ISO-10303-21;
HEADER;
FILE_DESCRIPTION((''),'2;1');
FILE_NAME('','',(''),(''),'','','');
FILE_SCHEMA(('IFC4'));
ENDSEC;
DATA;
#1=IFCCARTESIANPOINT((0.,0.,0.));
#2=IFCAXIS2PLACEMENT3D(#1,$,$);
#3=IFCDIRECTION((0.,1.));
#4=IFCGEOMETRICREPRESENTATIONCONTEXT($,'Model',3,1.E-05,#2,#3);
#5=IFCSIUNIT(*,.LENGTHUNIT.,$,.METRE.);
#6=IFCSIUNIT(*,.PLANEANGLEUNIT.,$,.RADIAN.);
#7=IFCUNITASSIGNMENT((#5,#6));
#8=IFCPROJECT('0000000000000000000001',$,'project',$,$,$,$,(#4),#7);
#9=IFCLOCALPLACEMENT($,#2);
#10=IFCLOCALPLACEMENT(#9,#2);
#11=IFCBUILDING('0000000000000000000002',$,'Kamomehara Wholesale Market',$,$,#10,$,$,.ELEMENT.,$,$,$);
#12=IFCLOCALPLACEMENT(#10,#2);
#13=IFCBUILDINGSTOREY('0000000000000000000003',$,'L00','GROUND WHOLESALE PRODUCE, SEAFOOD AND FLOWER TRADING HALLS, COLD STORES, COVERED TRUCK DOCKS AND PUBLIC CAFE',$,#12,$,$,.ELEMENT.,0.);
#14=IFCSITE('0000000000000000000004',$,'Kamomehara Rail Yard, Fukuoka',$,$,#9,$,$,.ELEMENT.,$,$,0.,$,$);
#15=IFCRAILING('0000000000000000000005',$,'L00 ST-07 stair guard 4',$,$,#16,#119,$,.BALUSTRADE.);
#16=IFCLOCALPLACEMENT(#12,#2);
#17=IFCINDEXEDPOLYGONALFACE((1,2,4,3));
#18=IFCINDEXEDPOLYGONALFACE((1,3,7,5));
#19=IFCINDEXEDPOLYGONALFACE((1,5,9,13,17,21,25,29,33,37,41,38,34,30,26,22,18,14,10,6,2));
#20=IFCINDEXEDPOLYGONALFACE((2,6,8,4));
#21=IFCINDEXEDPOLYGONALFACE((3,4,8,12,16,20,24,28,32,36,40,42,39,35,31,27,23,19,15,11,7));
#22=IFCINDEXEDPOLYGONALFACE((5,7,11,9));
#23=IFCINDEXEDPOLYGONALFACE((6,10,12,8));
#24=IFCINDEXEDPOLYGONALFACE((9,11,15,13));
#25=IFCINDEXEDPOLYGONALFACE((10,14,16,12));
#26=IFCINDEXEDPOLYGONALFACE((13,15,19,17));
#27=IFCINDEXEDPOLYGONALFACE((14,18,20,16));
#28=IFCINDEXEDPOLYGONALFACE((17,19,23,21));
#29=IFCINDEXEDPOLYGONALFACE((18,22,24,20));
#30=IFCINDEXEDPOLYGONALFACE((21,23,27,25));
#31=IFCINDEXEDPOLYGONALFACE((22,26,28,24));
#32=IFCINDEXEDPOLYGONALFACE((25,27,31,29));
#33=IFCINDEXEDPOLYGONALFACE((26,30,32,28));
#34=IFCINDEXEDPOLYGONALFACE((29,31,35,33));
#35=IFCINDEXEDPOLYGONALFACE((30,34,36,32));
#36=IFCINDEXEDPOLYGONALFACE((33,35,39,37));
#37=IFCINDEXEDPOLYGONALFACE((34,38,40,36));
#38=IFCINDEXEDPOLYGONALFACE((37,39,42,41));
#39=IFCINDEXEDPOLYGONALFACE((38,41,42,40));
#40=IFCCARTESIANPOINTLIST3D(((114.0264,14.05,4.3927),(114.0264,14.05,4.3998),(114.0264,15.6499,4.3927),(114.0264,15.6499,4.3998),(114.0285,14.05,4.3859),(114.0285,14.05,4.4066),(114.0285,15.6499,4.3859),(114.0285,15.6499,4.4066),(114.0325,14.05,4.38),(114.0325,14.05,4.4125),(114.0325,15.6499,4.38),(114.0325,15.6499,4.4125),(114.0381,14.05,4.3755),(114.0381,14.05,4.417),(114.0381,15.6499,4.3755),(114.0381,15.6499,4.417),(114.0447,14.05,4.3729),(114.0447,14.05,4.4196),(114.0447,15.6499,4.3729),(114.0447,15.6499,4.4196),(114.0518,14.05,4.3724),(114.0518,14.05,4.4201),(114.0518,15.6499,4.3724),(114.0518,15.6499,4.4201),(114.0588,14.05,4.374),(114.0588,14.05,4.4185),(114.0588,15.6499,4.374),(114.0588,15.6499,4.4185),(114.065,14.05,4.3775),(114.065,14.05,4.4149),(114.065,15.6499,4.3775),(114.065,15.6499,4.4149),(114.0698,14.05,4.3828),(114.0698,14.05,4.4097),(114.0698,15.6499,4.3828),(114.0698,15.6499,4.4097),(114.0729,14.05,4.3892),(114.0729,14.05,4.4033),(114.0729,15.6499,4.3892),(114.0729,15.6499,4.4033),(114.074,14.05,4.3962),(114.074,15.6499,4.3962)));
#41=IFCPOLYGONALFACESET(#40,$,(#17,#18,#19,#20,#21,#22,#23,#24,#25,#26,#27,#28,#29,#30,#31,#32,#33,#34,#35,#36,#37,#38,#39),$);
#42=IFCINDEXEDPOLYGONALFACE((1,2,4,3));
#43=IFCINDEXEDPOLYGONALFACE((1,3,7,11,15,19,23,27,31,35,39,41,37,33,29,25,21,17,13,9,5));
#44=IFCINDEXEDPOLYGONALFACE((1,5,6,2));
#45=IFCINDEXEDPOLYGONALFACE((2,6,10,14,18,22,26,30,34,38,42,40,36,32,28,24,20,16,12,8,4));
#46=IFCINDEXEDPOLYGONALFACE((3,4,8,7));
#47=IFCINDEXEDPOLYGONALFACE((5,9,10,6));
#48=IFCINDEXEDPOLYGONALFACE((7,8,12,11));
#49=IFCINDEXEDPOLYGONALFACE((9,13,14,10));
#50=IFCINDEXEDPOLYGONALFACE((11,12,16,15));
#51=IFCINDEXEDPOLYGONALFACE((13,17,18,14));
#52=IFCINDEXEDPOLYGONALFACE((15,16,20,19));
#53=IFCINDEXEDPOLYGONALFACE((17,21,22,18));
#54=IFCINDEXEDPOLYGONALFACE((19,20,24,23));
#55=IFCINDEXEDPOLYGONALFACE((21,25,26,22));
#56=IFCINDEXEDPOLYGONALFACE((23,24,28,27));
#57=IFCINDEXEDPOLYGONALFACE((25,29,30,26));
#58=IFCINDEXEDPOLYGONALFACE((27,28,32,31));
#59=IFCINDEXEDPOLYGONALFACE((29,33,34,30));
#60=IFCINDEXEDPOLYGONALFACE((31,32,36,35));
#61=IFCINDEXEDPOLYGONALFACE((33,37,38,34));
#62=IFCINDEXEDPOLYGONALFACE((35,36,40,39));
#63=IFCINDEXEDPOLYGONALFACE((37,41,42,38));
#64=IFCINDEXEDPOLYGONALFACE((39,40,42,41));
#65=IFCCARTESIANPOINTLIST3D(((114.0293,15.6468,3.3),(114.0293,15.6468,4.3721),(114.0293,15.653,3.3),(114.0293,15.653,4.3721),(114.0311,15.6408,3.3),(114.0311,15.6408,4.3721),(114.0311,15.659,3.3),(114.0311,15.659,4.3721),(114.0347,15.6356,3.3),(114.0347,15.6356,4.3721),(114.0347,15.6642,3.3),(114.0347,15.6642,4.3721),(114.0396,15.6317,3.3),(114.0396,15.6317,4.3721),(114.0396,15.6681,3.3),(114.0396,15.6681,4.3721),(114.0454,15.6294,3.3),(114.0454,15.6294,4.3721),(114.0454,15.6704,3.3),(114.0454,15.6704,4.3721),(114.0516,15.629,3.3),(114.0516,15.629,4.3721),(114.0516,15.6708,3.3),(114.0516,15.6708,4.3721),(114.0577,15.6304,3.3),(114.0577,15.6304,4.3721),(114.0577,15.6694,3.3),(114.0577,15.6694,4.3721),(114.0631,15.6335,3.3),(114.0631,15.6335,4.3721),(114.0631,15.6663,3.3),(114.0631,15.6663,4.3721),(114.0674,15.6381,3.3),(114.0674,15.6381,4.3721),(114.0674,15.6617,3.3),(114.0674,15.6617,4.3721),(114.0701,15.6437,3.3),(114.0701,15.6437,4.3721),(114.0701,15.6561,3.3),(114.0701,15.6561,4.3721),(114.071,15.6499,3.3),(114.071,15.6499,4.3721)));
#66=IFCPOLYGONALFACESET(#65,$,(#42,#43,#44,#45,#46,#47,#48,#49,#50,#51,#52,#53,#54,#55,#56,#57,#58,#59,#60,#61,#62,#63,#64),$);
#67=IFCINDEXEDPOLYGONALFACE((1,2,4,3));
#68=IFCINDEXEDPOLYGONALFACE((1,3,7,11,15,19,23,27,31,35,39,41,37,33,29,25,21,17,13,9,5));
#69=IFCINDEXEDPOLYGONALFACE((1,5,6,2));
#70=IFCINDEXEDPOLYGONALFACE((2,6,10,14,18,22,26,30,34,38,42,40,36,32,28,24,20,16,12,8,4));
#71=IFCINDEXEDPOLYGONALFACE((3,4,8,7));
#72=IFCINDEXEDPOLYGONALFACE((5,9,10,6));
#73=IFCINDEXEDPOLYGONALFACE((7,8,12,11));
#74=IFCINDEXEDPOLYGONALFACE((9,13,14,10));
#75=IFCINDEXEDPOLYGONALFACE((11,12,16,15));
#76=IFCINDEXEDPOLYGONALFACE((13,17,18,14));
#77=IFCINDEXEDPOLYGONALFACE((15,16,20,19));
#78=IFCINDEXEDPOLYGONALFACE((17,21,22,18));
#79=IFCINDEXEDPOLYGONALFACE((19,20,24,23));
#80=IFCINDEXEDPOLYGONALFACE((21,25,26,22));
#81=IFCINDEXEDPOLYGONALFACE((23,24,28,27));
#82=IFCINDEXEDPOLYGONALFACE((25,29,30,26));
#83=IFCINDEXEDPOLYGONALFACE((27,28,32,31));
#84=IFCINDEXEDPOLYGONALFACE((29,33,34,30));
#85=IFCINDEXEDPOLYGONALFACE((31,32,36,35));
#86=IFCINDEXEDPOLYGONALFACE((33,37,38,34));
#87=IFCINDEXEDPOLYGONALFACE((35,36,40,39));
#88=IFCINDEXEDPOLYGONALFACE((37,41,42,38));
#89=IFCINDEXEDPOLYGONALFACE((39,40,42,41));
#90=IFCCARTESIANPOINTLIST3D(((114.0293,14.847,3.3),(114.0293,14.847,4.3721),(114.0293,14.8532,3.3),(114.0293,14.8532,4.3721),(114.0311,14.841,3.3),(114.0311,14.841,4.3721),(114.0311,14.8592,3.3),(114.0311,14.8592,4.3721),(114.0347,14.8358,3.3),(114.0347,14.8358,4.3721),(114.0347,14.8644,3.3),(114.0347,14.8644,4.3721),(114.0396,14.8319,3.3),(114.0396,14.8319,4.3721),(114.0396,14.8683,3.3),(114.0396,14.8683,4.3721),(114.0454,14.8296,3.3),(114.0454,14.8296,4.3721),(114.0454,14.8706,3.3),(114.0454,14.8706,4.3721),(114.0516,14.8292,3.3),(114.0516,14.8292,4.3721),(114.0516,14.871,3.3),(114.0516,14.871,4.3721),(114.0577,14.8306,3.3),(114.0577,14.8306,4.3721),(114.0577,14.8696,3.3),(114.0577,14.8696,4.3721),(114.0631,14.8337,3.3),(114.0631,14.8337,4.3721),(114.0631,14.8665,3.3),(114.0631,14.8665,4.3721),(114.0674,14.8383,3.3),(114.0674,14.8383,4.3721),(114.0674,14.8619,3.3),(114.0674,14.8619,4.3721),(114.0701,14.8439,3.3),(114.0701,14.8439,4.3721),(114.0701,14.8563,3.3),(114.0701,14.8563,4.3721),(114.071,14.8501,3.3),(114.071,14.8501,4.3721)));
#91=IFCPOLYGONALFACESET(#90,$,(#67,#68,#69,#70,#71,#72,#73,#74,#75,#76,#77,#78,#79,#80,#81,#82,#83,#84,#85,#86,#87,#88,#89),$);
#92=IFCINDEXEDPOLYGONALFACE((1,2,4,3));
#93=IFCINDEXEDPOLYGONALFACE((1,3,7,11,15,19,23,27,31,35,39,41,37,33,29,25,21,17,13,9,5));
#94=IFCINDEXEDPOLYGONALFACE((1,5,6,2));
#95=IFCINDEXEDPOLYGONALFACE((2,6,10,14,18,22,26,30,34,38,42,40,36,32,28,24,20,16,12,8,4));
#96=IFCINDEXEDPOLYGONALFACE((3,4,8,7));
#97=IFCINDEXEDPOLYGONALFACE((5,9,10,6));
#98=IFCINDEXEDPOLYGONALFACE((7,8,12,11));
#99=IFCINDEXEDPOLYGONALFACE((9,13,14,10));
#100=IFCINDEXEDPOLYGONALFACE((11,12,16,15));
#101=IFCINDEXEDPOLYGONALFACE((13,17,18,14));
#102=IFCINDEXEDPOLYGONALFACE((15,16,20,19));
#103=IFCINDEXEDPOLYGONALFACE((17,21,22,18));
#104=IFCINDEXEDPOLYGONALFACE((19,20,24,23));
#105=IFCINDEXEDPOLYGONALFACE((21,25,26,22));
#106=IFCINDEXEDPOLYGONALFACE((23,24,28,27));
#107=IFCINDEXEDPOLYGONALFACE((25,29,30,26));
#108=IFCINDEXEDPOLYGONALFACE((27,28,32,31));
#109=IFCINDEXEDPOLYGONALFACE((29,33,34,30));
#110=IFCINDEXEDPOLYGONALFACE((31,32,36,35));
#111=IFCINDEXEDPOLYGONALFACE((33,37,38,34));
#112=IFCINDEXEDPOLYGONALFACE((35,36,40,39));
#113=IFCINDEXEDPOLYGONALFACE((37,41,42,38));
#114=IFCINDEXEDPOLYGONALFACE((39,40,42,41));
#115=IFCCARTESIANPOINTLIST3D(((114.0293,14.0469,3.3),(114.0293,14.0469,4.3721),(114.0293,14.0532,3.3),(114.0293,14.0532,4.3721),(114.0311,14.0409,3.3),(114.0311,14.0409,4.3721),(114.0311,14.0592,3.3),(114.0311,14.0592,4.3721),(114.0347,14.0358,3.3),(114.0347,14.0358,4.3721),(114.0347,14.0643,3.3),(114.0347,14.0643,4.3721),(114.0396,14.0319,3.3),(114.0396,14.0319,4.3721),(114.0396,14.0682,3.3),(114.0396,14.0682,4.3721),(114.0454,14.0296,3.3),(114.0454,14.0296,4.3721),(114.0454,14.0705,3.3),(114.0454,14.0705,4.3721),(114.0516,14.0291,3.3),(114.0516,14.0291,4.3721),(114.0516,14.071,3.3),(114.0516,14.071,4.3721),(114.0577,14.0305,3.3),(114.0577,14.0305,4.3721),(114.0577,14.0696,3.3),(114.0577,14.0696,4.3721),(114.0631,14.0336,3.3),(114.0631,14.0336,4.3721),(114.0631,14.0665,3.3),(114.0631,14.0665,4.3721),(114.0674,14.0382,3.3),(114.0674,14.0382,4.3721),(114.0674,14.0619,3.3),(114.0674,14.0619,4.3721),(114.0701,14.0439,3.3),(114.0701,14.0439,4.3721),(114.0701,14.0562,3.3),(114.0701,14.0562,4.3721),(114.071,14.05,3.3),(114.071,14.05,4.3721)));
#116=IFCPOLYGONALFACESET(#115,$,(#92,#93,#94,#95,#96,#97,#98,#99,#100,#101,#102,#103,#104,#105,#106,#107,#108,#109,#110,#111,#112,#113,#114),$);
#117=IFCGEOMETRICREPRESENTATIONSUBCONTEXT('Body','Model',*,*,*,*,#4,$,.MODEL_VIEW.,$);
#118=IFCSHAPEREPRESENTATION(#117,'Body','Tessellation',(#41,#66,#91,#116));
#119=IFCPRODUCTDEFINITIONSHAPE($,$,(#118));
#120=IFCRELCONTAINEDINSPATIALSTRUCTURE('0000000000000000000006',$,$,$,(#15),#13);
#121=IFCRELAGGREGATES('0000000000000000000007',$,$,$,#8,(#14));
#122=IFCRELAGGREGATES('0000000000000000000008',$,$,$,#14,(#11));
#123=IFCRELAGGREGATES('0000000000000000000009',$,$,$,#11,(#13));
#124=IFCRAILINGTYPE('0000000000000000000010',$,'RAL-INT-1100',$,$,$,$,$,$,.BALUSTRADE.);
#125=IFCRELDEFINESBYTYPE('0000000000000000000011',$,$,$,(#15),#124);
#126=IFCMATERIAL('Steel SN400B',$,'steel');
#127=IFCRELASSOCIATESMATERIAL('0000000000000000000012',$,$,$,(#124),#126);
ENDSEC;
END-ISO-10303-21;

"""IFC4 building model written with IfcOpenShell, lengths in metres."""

from ifc_helpers import new_model, si_unit, direction, frame, origin, origin_2d, place, context, subcontext, project, spatial, circle, extrude, material, type_object, element, save


model = new_model("IFC4")

# Units and contexts
model_context = context("Model", 3, precision=1e-05, world=origin(), true_north=direction((0.0, 1.0)))
body_context = subcontext(model_context, "Body", "Model", "MODEL_VIEW")
ifc_project = project(units=[si_unit("LENGTHUNIT", "METRE"), si_unit("PLANEANGLEUNIT", "RADIAN")], contexts=[model_context])

# Site, building, storey
site_placement = place(None, origin())
site = spatial("IfcSite", under=ifc_project, at=site_placement, Name="Kamomehara Rail Yard, Fukuoka", CompositionType="ELEMENT", RefElevation=0.0)
building_placement = place(site_placement, origin())
building = spatial("IfcBuilding", under=site, at=building_placement, Name="Kamomehara Wholesale Market", CompositionType="ELEMENT")
storey_placement = place(building_placement, origin())
storey = spatial("IfcBuildingStorey", under=building, at=storey_placement, Name="L00", Description="GROUND WHOLESALE PRODUCE, SEAFOOD AND FLOWER TRADING HALLS, COLD STORES, COVERED TRUCK DOCKS AND PUBLIC CAFE", CompositionType="ELEMENT", Elevation=0.0)

# Railing
ifc_material_1 = material(Name="Steel SN400B", Category="steel")
railing_type_1 = type_object("IfcRailingType", Name="RAL-INT-1100", PredefinedType="BALUSTRADE", material=ifc_material_1)
for number, where, name in (
    (1, (114.05, 15.6499, 3.3), "L00 ST-07 stair guard 4"),
):
    element("IfcRailing", number, at=place(storey_placement, frame(where)), inside=storey, type_object=railing_type_1, Name=name, PredefinedType="BALUSTRADE", context=body_context, shape_type="SweptSolid", body=[
        extrude(circle(Radius=0.0239, at=origin_2d()), frame((0.0, 0.0, 1.0962), z_axis=(0.0, -1.0, 0.0), x_axis=(1.0, 0.0, 0.0)), (0.0, 0.0, 1.0), 1.5999),
        extrude(circle(Radius=0.021, at=origin_2d()), origin(), (0.0, 0.0, 1.0), 1.072),
        extrude(circle(Radius=0.021, at=origin_2d()), frame((0.0, -0.7998, 0.0)), (0.0, 0.0, 1.0), 1.072),
        extrude(circle(Radius=0.021, at=origin_2d()), frame((0.0, -1.5999, 0.0)), (0.0, 0.0, 1.0), 1.072),
    ])

save(model, "model.ifc")
